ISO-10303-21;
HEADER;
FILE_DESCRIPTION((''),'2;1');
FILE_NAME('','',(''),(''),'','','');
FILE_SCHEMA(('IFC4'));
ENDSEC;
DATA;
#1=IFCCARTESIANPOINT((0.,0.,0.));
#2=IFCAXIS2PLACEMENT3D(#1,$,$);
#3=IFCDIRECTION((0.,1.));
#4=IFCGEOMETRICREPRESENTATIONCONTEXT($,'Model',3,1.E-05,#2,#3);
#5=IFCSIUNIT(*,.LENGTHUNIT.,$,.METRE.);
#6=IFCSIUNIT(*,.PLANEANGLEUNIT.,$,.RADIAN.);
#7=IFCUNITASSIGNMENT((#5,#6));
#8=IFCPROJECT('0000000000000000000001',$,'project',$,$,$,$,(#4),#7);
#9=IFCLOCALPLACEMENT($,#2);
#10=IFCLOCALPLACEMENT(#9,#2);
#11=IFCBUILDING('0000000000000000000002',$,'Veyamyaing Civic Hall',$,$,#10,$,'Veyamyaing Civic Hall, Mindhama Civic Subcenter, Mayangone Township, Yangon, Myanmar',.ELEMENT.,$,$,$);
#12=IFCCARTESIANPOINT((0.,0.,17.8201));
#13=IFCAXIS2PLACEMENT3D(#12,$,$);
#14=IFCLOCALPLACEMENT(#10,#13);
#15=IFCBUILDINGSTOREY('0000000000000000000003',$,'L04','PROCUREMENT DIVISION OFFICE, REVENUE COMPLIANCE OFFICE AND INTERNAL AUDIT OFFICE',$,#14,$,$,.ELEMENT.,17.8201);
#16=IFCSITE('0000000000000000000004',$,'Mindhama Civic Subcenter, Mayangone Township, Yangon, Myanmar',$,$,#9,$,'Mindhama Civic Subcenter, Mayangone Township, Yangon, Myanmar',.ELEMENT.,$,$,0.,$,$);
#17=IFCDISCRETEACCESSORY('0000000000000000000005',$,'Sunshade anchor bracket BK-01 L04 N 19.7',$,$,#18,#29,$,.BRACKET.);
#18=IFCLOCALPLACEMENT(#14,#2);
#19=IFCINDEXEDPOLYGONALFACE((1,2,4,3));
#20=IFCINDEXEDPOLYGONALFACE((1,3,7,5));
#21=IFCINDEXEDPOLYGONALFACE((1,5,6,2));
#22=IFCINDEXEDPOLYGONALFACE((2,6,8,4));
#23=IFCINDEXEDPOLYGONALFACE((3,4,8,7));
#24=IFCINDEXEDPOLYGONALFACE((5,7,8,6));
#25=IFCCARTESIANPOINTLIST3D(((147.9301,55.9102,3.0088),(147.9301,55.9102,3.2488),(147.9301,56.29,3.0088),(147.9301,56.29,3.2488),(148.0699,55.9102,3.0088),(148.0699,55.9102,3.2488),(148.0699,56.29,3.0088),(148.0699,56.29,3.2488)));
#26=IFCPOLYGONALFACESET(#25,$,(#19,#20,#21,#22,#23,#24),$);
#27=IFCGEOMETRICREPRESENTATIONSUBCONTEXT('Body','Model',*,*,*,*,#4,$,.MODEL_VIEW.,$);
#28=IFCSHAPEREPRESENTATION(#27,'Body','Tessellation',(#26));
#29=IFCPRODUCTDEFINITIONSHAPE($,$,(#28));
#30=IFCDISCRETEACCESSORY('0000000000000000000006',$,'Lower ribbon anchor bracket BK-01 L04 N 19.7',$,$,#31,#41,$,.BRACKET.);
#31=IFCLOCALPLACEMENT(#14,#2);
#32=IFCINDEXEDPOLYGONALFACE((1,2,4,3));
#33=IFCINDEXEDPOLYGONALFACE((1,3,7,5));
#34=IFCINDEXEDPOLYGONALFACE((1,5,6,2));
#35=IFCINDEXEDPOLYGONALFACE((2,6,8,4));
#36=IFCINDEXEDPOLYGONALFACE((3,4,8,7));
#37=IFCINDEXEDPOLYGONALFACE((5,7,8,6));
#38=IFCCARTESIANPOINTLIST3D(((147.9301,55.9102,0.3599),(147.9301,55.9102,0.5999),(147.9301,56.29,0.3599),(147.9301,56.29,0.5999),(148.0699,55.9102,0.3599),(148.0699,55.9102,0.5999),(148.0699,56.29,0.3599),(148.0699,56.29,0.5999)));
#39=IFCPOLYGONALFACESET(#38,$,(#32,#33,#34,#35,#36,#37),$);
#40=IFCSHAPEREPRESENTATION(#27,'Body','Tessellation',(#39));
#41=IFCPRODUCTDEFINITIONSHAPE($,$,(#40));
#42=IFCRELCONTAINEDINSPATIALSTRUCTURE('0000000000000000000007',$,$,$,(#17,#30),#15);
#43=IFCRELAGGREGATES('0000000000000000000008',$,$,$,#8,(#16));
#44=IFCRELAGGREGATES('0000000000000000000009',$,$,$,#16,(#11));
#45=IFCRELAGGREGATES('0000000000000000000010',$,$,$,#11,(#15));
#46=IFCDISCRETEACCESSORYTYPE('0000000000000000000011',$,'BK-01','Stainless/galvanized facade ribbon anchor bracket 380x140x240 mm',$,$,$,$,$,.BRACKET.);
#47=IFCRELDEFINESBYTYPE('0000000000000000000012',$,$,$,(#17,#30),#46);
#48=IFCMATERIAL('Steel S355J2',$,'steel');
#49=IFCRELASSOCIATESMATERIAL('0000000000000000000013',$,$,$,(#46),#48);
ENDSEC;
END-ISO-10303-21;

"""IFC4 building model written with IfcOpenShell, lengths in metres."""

from ifc_helpers import new_model, si_unit, direction, frame, origin, origin_2d, place, context, subcontext, project, spatial, rectangle, extrude, material, type_object, element, save


model = new_model("IFC4")

# Units and contexts
model_context = context("Model", 3, precision=1e-05, world=origin(), true_north=direction((0.0, 1.0)))
body_context = subcontext(model_context, "Body", "Model", "MODEL_VIEW")
ifc_project = project(units=[si_unit("LENGTHUNIT", "METRE"), si_unit("PLANEANGLEUNIT", "RADIAN")], contexts=[model_context])

# Site, building, storey
site_placement = place(None, origin())
site = spatial("IfcSite", under=ifc_project, at=site_placement, Name="Mindhama Civic Subcenter, Mayangone Township, Yangon, Myanmar", LongName="Mindhama Civic Subcenter, Mayangone Township, Yangon, Myanmar", CompositionType="ELEMENT", RefElevation=0.0)
building_placement = place(site_placement, origin())
building = spatial("IfcBuilding", under=site, at=building_placement, Name="Veyamyaing Civic Hall", LongName="Veyamyaing Civic Hall, Mindhama Civic Subcenter, Mayangone Township, Yangon, Myanmar", CompositionType="ELEMENT")
storey_placement = place(building_placement, frame((0.0, 0.0, 17.8201)))
storey = spatial("IfcBuildingStorey", under=building, at=storey_placement, Name="L04", Description="PROCUREMENT DIVISION OFFICE, REVENUE COMPLIANCE OFFICE AND INTERNAL AUDIT OFFICE", CompositionType="ELEMENT", Elevation=17.8201)

# Discrete accessories
ifc_material_1 = material(Name="Steel S355J2", Category="steel")
discrete_accessory_type = type_object("IfcDiscreteAccessoryType", Name="BK-01", Description="Stainless/galvanized facade ribbon anchor bracket 380x140x240 mm", PredefinedType="BRACKET", material=ifc_material_1)
for number, where, z_axis, x_axis, name in (
    (1, (148.0, 56.1001, 3.0088), (0.0, 0.0, 1.0), (0.0, 1.0, 0.0), "Sunshade anchor bracket BK-01 L04 N 19.7"),
    (2, (148.0, 56.1001, 0.3599), (0.0, 0.0, 1.0), (0.0, 1.0, 0.0), "Lower ribbon anchor bracket BK-01 L04 N 19.7"),
):
    element("IfcDiscreteAccessory", number, at=place(storey_placement, frame(where, z_axis=z_axis, x_axis=x_axis)), inside=storey, type_object=discrete_accessory_type, Name=name, PredefinedType="BRACKET", context=body_context, shape_type="SweptSolid", body=[
        extrude(rectangle(XDim=0.3799, YDim=0.1399, at=origin_2d()), origin(), (0.0, 0.0, 1.0), 0.24),
    ])

save(model, "model.ifc")
